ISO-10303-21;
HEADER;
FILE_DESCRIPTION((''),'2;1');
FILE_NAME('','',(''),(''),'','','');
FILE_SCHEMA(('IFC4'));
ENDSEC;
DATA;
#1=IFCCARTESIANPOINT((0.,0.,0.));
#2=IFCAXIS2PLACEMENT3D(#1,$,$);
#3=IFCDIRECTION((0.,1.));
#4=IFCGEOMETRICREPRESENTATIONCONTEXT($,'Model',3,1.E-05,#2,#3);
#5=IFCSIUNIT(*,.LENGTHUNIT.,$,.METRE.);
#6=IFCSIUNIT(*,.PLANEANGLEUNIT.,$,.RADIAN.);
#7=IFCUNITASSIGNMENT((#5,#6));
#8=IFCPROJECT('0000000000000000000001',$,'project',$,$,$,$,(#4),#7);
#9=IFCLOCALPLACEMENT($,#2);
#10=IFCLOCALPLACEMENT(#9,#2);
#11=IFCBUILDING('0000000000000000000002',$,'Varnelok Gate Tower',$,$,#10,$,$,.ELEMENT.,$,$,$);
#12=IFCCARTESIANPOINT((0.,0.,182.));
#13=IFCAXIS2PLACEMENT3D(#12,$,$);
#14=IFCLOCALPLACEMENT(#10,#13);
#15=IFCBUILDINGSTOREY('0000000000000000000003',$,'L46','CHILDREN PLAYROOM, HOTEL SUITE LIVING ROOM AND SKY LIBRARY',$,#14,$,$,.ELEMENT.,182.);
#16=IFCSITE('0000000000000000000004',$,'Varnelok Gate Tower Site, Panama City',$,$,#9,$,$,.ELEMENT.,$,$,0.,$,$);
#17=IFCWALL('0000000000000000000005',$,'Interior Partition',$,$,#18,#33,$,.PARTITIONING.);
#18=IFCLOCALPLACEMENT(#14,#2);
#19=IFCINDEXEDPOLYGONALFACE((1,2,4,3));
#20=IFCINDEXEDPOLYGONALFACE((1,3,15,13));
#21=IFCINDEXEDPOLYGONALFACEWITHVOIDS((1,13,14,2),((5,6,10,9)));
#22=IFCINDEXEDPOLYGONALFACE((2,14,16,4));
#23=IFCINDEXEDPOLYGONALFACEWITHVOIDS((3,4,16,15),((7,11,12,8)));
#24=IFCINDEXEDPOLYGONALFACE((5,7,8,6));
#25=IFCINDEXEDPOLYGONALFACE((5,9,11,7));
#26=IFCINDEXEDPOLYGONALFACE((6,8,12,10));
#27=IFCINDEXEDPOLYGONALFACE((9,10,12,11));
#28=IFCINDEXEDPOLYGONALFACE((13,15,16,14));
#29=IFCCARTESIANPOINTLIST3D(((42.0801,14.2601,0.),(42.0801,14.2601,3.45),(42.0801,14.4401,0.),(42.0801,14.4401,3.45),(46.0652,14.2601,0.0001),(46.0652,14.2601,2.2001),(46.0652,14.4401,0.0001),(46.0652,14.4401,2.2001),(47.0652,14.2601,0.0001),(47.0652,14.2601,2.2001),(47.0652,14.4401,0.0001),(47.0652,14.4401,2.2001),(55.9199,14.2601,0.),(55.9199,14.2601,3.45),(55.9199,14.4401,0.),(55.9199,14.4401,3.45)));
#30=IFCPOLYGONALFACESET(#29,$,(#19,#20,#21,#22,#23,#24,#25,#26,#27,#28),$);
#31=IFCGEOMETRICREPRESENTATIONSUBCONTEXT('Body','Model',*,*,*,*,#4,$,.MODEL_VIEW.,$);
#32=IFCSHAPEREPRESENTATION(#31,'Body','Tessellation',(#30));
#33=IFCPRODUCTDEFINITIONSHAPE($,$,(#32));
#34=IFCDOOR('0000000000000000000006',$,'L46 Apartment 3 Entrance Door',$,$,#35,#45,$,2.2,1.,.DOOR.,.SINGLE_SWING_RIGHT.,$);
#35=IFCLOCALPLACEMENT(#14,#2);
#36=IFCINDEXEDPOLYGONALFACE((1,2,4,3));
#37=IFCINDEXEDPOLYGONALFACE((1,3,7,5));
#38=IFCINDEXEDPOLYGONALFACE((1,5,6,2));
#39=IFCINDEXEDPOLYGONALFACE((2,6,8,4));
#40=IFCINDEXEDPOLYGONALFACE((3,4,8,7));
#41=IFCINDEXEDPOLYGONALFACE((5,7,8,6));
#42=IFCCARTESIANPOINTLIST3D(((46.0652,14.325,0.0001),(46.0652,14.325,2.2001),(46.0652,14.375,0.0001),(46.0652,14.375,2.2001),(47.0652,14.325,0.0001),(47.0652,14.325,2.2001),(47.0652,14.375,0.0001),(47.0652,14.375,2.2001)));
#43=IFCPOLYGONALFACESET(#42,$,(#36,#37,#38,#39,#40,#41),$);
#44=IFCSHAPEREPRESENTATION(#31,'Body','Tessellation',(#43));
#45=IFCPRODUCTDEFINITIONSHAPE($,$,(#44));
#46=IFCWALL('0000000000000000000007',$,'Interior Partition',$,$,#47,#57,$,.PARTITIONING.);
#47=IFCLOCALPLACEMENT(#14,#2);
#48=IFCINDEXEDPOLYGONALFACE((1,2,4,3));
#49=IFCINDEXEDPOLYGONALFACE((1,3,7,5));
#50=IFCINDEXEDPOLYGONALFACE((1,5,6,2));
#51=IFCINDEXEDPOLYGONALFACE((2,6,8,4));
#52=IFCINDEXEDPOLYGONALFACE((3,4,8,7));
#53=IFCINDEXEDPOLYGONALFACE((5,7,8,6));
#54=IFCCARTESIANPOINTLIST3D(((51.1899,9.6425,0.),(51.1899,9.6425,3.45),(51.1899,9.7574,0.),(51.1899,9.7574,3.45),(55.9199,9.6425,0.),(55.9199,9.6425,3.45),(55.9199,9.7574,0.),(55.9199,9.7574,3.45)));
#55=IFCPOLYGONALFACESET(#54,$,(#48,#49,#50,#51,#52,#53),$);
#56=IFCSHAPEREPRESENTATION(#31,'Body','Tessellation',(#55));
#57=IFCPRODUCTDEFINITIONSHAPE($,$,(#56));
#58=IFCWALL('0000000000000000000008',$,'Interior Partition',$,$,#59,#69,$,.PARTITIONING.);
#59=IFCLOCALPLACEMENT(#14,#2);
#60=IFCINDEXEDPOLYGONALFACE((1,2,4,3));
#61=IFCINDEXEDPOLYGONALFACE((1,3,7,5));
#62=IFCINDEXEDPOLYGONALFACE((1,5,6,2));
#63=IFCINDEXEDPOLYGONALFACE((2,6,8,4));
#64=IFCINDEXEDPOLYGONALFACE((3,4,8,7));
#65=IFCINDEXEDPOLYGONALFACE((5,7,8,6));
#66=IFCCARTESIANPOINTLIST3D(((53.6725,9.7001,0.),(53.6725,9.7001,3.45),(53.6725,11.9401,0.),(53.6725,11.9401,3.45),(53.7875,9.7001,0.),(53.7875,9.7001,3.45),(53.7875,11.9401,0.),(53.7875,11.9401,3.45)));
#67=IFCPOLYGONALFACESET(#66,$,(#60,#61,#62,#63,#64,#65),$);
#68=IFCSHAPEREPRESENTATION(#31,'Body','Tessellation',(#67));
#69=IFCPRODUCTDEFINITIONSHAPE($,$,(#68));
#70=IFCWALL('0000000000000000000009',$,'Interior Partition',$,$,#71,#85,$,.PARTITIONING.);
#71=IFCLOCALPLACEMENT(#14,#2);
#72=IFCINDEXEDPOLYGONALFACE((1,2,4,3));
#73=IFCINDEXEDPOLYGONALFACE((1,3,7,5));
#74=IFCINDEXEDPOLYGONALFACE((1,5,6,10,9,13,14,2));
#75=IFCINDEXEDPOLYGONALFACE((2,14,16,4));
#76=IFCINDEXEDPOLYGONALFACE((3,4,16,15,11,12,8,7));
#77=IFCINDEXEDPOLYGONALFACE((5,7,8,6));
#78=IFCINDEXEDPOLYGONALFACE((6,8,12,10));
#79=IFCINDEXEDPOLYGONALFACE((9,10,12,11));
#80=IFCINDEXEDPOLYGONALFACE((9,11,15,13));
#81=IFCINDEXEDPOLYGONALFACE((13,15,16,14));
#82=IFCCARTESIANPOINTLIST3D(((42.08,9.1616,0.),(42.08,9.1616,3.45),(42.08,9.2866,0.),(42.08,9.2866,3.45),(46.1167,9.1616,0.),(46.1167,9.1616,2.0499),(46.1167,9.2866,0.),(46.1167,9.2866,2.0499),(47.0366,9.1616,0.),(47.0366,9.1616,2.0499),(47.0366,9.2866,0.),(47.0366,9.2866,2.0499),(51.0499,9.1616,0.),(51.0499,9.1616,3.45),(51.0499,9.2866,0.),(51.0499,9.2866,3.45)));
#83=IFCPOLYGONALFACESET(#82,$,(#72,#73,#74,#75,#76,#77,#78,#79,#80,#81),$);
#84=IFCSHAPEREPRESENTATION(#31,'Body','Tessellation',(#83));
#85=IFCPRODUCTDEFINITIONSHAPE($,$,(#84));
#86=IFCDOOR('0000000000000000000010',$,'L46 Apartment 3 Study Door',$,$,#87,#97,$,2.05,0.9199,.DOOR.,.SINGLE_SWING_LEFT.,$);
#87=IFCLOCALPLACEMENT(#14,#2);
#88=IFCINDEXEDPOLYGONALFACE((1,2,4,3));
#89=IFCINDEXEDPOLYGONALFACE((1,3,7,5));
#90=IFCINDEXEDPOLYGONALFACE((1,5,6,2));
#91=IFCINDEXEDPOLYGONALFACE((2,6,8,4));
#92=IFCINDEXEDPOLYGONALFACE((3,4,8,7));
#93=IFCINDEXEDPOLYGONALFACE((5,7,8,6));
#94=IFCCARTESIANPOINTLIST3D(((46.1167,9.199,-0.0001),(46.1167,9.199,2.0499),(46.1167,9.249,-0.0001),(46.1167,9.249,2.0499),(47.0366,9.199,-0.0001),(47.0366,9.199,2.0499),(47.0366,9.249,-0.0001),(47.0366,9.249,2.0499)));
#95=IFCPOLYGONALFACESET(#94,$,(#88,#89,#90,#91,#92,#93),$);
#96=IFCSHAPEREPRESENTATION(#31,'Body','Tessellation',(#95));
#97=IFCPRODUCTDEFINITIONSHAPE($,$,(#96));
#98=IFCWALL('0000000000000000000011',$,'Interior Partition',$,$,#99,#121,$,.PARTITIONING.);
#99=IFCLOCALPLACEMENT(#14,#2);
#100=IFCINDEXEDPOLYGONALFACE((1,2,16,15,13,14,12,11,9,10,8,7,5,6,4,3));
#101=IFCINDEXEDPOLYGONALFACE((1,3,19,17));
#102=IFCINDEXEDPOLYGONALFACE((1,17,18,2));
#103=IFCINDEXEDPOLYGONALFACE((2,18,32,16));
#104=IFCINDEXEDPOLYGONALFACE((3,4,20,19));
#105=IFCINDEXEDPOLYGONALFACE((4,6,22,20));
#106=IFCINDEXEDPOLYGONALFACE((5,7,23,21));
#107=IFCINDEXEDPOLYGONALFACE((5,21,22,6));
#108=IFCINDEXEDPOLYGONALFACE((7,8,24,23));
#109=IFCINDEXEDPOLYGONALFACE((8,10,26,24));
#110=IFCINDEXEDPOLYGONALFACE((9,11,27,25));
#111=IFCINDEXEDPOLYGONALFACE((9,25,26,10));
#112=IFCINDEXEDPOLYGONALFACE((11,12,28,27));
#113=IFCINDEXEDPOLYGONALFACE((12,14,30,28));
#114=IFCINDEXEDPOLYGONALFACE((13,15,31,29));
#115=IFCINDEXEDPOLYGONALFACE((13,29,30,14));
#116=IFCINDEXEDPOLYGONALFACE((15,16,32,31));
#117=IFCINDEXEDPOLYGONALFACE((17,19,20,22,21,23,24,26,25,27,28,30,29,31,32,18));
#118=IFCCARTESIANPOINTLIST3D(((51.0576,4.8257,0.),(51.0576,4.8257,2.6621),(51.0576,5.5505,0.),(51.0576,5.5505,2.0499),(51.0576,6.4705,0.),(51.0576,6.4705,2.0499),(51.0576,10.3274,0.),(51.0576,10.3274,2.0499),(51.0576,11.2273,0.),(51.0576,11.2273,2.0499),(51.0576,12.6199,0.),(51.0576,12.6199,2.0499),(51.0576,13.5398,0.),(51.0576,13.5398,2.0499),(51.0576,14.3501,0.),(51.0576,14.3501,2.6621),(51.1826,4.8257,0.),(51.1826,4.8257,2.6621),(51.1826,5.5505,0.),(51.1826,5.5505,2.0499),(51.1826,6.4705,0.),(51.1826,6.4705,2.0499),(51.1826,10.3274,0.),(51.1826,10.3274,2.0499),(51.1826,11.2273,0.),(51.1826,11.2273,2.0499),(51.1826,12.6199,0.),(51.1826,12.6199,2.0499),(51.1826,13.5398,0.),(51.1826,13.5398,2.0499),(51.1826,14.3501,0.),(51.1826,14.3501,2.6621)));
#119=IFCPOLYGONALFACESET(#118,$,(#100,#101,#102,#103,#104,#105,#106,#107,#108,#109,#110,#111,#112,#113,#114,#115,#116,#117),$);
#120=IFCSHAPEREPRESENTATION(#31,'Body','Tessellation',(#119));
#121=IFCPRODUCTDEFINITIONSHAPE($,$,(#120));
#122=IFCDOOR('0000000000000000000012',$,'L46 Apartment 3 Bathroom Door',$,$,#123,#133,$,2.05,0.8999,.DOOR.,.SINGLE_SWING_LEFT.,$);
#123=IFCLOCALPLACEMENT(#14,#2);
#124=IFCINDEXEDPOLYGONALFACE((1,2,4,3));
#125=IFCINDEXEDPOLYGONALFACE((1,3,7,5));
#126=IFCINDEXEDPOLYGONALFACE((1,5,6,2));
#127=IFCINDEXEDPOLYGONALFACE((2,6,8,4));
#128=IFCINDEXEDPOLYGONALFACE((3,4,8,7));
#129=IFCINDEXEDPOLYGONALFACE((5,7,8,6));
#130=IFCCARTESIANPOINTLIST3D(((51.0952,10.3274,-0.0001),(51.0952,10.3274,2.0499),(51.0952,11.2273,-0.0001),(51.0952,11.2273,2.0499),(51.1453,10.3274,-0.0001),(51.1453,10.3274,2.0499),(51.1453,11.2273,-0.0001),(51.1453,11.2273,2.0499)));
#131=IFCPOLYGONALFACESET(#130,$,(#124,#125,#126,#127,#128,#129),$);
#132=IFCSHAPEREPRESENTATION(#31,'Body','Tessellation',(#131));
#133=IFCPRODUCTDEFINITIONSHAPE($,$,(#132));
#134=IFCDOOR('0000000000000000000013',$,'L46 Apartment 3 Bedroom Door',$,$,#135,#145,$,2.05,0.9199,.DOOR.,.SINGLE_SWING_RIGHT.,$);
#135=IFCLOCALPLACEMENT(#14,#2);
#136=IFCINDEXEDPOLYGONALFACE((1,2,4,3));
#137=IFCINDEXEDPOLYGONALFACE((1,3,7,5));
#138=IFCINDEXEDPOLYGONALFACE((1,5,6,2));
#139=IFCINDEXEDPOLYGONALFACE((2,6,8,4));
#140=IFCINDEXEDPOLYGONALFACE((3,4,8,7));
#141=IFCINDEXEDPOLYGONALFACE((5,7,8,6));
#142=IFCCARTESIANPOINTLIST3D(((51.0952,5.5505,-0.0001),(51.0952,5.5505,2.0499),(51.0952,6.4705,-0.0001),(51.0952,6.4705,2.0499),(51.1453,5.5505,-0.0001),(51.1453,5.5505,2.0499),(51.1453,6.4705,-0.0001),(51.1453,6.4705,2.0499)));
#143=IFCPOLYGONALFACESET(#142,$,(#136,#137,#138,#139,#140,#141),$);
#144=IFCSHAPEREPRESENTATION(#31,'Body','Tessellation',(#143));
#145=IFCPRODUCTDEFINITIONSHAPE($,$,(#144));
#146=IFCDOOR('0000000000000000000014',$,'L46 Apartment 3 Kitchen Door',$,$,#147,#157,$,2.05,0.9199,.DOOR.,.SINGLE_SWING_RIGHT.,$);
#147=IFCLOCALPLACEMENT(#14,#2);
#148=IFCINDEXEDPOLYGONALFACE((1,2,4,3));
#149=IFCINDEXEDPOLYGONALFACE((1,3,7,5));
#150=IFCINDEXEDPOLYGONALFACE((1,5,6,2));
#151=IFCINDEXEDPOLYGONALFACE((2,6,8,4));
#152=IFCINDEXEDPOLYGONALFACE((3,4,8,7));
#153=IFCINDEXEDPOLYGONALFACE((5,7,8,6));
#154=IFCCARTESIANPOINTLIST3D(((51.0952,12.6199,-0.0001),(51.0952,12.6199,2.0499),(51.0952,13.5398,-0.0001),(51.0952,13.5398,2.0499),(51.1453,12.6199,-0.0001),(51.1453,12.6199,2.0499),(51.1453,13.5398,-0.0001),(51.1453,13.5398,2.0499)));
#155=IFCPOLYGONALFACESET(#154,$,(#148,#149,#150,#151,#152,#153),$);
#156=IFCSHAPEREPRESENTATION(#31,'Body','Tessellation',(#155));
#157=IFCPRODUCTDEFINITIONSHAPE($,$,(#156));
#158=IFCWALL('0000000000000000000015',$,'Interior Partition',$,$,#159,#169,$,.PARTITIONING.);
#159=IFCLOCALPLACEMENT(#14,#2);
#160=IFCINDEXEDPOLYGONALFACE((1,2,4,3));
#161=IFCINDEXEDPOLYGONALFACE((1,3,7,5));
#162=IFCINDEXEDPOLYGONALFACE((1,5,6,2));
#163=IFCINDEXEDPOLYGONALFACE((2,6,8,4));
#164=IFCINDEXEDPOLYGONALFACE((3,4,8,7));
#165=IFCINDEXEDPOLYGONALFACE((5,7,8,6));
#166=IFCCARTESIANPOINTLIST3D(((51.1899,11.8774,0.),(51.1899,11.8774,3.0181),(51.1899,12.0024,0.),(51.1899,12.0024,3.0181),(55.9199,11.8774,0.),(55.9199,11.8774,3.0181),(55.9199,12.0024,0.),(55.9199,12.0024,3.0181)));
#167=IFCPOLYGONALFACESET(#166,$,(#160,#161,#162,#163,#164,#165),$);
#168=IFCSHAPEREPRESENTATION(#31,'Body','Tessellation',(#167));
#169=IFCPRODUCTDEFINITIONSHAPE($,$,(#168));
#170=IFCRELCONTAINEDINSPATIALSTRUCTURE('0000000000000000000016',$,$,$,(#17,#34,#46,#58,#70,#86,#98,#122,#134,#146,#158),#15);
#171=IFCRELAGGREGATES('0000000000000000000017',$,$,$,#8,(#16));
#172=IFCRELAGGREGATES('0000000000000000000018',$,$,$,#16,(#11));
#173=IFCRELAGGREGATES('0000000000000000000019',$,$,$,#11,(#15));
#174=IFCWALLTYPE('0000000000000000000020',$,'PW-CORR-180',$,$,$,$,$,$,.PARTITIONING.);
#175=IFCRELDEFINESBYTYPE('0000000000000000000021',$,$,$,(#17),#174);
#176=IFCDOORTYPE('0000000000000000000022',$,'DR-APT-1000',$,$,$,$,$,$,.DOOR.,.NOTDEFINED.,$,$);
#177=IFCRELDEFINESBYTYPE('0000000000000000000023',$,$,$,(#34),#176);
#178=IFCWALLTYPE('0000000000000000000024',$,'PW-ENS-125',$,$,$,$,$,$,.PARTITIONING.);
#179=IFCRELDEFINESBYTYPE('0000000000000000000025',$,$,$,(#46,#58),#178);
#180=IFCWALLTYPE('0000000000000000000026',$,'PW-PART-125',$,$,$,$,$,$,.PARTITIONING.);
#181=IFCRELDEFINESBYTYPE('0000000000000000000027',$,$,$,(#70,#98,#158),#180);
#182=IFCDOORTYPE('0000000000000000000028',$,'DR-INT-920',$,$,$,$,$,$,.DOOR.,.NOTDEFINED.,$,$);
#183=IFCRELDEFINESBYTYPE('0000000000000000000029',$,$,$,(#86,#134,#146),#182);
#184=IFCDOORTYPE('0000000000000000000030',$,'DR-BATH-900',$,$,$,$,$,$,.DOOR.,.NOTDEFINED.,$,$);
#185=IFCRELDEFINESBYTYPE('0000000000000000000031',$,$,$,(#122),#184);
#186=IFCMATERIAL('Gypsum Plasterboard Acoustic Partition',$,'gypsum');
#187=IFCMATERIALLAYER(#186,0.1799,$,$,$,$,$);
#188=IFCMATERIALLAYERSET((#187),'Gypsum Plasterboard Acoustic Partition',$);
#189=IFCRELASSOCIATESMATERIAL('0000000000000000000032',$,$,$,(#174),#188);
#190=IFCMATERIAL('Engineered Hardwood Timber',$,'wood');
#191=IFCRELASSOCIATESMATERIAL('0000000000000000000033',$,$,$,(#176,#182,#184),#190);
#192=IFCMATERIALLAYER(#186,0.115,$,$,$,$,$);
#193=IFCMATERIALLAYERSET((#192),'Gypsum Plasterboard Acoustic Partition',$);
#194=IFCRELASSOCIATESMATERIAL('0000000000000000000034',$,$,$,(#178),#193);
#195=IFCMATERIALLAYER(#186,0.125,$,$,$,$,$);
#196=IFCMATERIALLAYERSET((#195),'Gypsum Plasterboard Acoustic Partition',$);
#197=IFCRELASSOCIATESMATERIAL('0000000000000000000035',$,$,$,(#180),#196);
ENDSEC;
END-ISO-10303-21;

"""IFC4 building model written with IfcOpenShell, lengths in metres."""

from ifc_helpers import new_model, si_unit, direction, frame, frame_2d, origin, place, context, subcontext, project, spatial, rectangle, extrude, material, layer, layer_set, type_object, element, fill, save


model = new_model("IFC4")

# Units and contexts
model_context = context("Model", 3, precision=1e-05, world=origin(), true_north=direction((0.0, 1.0)))
body_context = subcontext(model_context, "Body", "Model", "MODEL_VIEW")
ifc_project = project(units=[si_unit("LENGTHUNIT", "METRE"), si_unit("PLANEANGLEUNIT", "RADIAN")], contexts=[model_context])

# Site, building, storey
site_placement = place(None, origin())
site = spatial("IfcSite", under=ifc_project, at=site_placement, Name="Varnelok Gate Tower Site, Panama City", CompositionType="ELEMENT", RefElevation=0.0)
building_placement = place(site_placement, origin())
building = spatial("IfcBuilding", under=site, at=building_placement, Name="Varnelok Gate Tower", CompositionType="ELEMENT")
storey_placement = place(building_placement, frame((0.0, 0.0, 182.0)))
storey = spatial("IfcBuildingStorey", under=building, at=storey_placement, Name="L46", Description="CHILDREN PLAYROOM, HOTEL SUITE LIVING ROOM AND SKY LIBRARY", CompositionType="ELEMENT", Elevation=182.0)

# Wall, opening, door
ifc_material_1 = material(Name="Gypsum Plasterboard Acoustic Partition", Category="gypsum")
ifc_layer_1 = layer(ifc_material_1, 0.1799)
ifc_layer_set_1 = layer_set([ifc_layer_1], Name="Gypsum Plasterboard Acoustic Partition")
wall_type_1 = type_object("IfcWallType", Name="PW-CORR-180", PredefinedType="PARTITIONING", material=ifc_layer_set_1)
wall_1_placement = place(storey_placement, frame((42.0801, 14.3501, 0.0), z_axis=(0.0, 0.0, 1.0), x_axis=(1.0, 0.0, 0.0)))
wall_1 = element("IfcWall", 1, at=wall_1_placement, inside=storey, type_object=wall_type_1, Name="Interior Partition", PredefinedType="PARTITIONING", context=body_context, shape_type="SweptSolid", body=[
    extrude(rectangle(XDim=13.8398, YDim=0.1799, at=frame_2d((6.9199, 0.0))), origin(), (0.0, 0.0, 1.0), 3.45),
])
opening_1_placement = place(wall_1_placement, frame((3.9851, 0.0, 0.0)))
opening_1 = element("IfcOpeningElement", 2, at=opening_1_placement, cuts=wall_1, PredefinedType="OPENING", context=body_context, shape_type="SweptSolid", body=[
    extrude(rectangle(XDim=1.0, YDim=2.2, at=frame_2d((0.5, 1.1001))), frame((0.0, 0.0999, 0.0), z_axis=(0.0, -1.0, 0.0), x_axis=(1.0, 0.0, 0.0)), (0.0, 0.0, 1.0), 0.2),
])
ifc_material_2 = material(Name="Engineered Hardwood Timber", Category="wood")
door_type_1 = type_object("IfcDoorType", Name="DR-APT-1000", OperationType="NOTDEFINED", PredefinedType="DOOR", material=ifc_material_2)
door_1_placement = place(opening_1_placement, origin())
door_1 = element("IfcDoor", 3, at=door_1_placement, inside=storey, type_object=door_type_1, Name="L46 Apartment 3 Entrance Door", OperationType="SINGLE_SWING_RIGHT", OverallHeight=2.2, OverallWidth=1.0, PredefinedType="DOOR", context=body_context, shape_type="SweptSolid", body=[
    extrude(rectangle(XDim=1.0, YDim=2.2, at=frame_2d((0.5, 1.1001))), frame((0.0, 0.0249, 0.0), z_axis=(0.0, -1.0, 0.0), x_axis=(1.0, 0.0, 0.0)), (0.0, 0.0, 1.0), 0.05),
])
fill(opening_1, door_1)

# Walls
ifc_layer_2 = layer(ifc_material_1, 0.115)
ifc_layer_set_2 = layer_set([ifc_layer_2], Name="Gypsum Plasterboard Acoustic Partition")
wall_type_2 = type_object("IfcWallType", Name="PW-ENS-125", PredefinedType="PARTITIONING", material=ifc_layer_set_2)
wall_2_placement = place(storey_placement, frame((51.1899, 9.7, 0.0), z_axis=(0.0, 0.0, 1.0), x_axis=(1.0, 0.0, 0.0)))
element("IfcWall", 4, at=wall_2_placement, inside=storey, type_object=wall_type_2, Name="Interior Partition", PredefinedType="PARTITIONING", context=body_context, shape_type="SweptSolid", body=[
    extrude(rectangle(XDim=4.73, YDim=0.115, at=frame_2d((2.365, 0.0))), origin(), (0.0, 0.0, 1.0), 3.45),
])
wall_3_placement = place(storey_placement, frame((53.73, 9.7, 0.0), z_axis=(0.0, 0.0, 1.0), x_axis=(0.0, 1.0, 0.0)))
element("IfcWall", 5, at=wall_3_placement, inside=storey, type_object=wall_type_2, Name="Interior Partition", PredefinedType="PARTITIONING", context=body_context, shape_type="SweptSolid", body=[
    extrude(rectangle(XDim=2.24, YDim=0.115, at=frame_2d((1.1201, 0.0))), origin(), (0.0, 0.0, 1.0), 3.45),
])

# Wall, opening, door
ifc_layer_3 = layer(ifc_material_1, 0.125)
ifc_layer_set_3 = layer_set([ifc_layer_3], Name="Gypsum Plasterboard Acoustic Partition")
wall_type_3 = type_object("IfcWallType", Name="PW-PART-125", PredefinedType="PARTITIONING", material=ifc_layer_set_3)
wall_4_placement = place(storey_placement, frame((42.0801, 9.2241, 0.0), z_axis=(0.0, 0.0, 1.0), x_axis=(1.0, 0.0, 0.0)))
wall_4 = element("IfcWall", 6, at=wall_4_placement, inside=storey, type_object=wall_type_3, Name="Interior Partition", PredefinedType="PARTITIONING", context=body_context, shape_type="SweptSolid", body=[
    extrude(rectangle(XDim=8.97, YDim=0.125, at=frame_2d((4.4849, 0.0))), origin(), (0.0, 0.0, 1.0), 3.45),
])
opening_2_placement = place(wall_4_placement, frame((4.0366, 0.0, 0.0)))
opening_2 = element("IfcOpeningElement", 7, at=opening_2_placement, cuts=wall_4, PredefinedType="OPENING", context=body_context, shape_type="SweptSolid", body=[
    extrude(rectangle(XDim=0.9199, YDim=2.05, at=frame_2d((0.46, 1.0249))), frame((0.0, 0.0725, 0.0), z_axis=(0.0, -1.0, 0.0), x_axis=(1.0, 0.0, 0.0)), (0.0, 0.0, 1.0), 0.145),
])
door_type_2 = type_object("IfcDoorType", Name="DR-INT-920", OperationType="NOTDEFINED", PredefinedType="DOOR", material=ifc_material_2)
door_2_placement = place(opening_2_placement, origin())
door_2 = element("IfcDoor", 8, at=door_2_placement, inside=storey, type_object=door_type_2, Name="L46 Apartment 3 Study Door", OperationType="SINGLE_SWING_LEFT", OverallHeight=2.05, OverallWidth=0.9199, PredefinedType="DOOR", context=body_context, shape_type="SweptSolid", body=[
    extrude(rectangle(XDim=0.9199, YDim=2.05, at=frame_2d((0.46, 1.0249))), frame((0.0, 0.0249, 0.0), z_axis=(0.0, -1.0, 0.0), x_axis=(1.0, 0.0, 0.0)), (0.0, 0.0, 1.0), 0.05),
])
fill(opening_2, door_2)

# Wall, openings, doors
wall_5_placement = place(storey_placement, frame((51.1201, 4.8257, 0.0), z_axis=(0.0, 0.0, 1.0), x_axis=(0.0, 1.0, 0.0)))
wall_5 = element("IfcWall", 9, at=wall_5_placement, inside=storey, type_object=wall_type_3, Name="Interior Partition", PredefinedType="PARTITIONING", context=body_context, shape_type="SweptSolid", body=[
    extrude(rectangle(XDim=9.5244, YDim=0.125, at=frame_2d((4.7622, 0.0))), origin(), (0.0, 0.0, 1.0), 2.6621),
])
opening_3_placement = place(wall_5_placement, frame((0.7249, 0.0, 0.0)))
opening_3 = element("IfcOpeningElement", 10, at=opening_3_placement, cuts=wall_5, PredefinedType="OPENING", context=body_context, shape_type="SweptSolid", body=[
    extrude(rectangle(XDim=0.9199, YDim=2.05, at=frame_2d((0.46, 1.0249))), frame((0.0, 0.0725, 0.0), z_axis=(0.0, -1.0, 0.0), x_axis=(1.0, 0.0, 0.0)), (0.0, 0.0, 1.0), 0.145),
])
opening_4_placement = place(wall_5_placement, frame((5.5017, 0.0, 0.0)))
opening_4 = element("IfcOpeningElement", 11, at=opening_4_placement, cuts=wall_5, PredefinedType="OPENING", context=body_context, shape_type="SweptSolid", body=[
    extrude(rectangle(XDim=0.8999, YDim=2.05, at=frame_2d((0.45, 1.0249))), frame((0.0, 0.0725, 0.0), z_axis=(0.0, -1.0, 0.0), x_axis=(1.0, 0.0, 0.0)), (0.0, 0.0, 1.0), 0.145),
])
opening_5_placement = place(wall_5_placement, frame((7.7942, 0.0, 0.0)))
opening_5 = element("IfcOpeningElement", 12, at=opening_5_placement, cuts=wall_5, PredefinedType="OPENING", context=body_context, shape_type="SweptSolid", body=[
    extrude(rectangle(XDim=0.9199, YDim=2.05, at=frame_2d((0.46, 1.0249))), frame((0.0, 0.0725, 0.0), z_axis=(0.0, -1.0, 0.0), x_axis=(1.0, 0.0, 0.0)), (0.0, 0.0, 1.0), 0.145),
])
door_type_3 = type_object("IfcDoorType", Name="DR-BATH-900", OperationType="NOTDEFINED", PredefinedType="DOOR", material=ifc_material_2)
door_3_placement = place(opening_4_placement, origin())
door_3 = element("IfcDoor", 13, at=door_3_placement, inside=storey, type_object=door_type_3, Name="L46 Apartment 3 Bathroom Door", OperationType="SINGLE_SWING_LEFT", OverallHeight=2.05, OverallWidth=0.8999, PredefinedType="DOOR", context=body_context, shape_type="SweptSolid", body=[
    extrude(rectangle(XDim=0.8999, YDim=2.05, at=frame_2d((0.45, 1.0249))), frame((0.0, 0.0249, 0.0), z_axis=(0.0, -1.0, 0.0), x_axis=(1.0, 0.0, 0.0)), (0.0, 0.0, 1.0), 0.05),
])
fill(opening_4, door_3)
door_4_placement = place(opening_3_placement, origin())
door_4 = element("IfcDoor", 14, at=door_4_placement, inside=storey, type_object=door_type_2, Name="L46 Apartment 3 Bedroom Door", OperationType="SINGLE_SWING_RIGHT", OverallHeight=2.05, OverallWidth=0.9199, PredefinedType="DOOR", context=body_context, shape_type="SweptSolid", body=[
    extrude(rectangle(XDim=0.9199, YDim=2.05, at=frame_2d((0.46, 1.0249))), frame((0.0, 0.0249, 0.0), z_axis=(0.0, -1.0, 0.0), x_axis=(1.0, 0.0, 0.0)), (0.0, 0.0, 1.0), 0.05),
])
fill(opening_3, door_4)
door_5_placement = place(opening_5_placement, origin())
door_5 = element("IfcDoor", 15, at=door_5_placement, inside=storey, type_object=door_type_2, Name="L46 Apartment 3 Kitchen Door", OperationType="SINGLE_SWING_RIGHT", OverallHeight=2.05, OverallWidth=0.9199, PredefinedType="DOOR", context=body_context, shape_type="SweptSolid", body=[
    extrude(rectangle(XDim=0.9199, YDim=2.05, at=frame_2d((0.46, 1.0249))), frame((0.0, 0.0249, 0.0), z_axis=(0.0, -1.0, 0.0), x_axis=(1.0, 0.0, 0.0)), (0.0, 0.0, 1.0), 0.05),
])
fill(opening_5, door_5)

# Wall
wall_6_placement = place(storey_placement, frame((51.1899, 11.9399, 0.0), z_axis=(0.0, 0.0, 1.0), x_axis=(1.0, 0.0, 0.0)))
element("IfcWall", 16, at=wall_6_placement, inside=storey, type_object=wall_type_3, Name="Interior Partition", PredefinedType="PARTITIONING", context=body_context, shape_type="SweptSolid", body=[
    extrude(rectangle(XDim=4.73, YDim=0.125, at=frame_2d((2.365, 0.0))), origin(), (0.0, 0.0, 1.0), 3.0181),
])

save(model, "model.ifc")
